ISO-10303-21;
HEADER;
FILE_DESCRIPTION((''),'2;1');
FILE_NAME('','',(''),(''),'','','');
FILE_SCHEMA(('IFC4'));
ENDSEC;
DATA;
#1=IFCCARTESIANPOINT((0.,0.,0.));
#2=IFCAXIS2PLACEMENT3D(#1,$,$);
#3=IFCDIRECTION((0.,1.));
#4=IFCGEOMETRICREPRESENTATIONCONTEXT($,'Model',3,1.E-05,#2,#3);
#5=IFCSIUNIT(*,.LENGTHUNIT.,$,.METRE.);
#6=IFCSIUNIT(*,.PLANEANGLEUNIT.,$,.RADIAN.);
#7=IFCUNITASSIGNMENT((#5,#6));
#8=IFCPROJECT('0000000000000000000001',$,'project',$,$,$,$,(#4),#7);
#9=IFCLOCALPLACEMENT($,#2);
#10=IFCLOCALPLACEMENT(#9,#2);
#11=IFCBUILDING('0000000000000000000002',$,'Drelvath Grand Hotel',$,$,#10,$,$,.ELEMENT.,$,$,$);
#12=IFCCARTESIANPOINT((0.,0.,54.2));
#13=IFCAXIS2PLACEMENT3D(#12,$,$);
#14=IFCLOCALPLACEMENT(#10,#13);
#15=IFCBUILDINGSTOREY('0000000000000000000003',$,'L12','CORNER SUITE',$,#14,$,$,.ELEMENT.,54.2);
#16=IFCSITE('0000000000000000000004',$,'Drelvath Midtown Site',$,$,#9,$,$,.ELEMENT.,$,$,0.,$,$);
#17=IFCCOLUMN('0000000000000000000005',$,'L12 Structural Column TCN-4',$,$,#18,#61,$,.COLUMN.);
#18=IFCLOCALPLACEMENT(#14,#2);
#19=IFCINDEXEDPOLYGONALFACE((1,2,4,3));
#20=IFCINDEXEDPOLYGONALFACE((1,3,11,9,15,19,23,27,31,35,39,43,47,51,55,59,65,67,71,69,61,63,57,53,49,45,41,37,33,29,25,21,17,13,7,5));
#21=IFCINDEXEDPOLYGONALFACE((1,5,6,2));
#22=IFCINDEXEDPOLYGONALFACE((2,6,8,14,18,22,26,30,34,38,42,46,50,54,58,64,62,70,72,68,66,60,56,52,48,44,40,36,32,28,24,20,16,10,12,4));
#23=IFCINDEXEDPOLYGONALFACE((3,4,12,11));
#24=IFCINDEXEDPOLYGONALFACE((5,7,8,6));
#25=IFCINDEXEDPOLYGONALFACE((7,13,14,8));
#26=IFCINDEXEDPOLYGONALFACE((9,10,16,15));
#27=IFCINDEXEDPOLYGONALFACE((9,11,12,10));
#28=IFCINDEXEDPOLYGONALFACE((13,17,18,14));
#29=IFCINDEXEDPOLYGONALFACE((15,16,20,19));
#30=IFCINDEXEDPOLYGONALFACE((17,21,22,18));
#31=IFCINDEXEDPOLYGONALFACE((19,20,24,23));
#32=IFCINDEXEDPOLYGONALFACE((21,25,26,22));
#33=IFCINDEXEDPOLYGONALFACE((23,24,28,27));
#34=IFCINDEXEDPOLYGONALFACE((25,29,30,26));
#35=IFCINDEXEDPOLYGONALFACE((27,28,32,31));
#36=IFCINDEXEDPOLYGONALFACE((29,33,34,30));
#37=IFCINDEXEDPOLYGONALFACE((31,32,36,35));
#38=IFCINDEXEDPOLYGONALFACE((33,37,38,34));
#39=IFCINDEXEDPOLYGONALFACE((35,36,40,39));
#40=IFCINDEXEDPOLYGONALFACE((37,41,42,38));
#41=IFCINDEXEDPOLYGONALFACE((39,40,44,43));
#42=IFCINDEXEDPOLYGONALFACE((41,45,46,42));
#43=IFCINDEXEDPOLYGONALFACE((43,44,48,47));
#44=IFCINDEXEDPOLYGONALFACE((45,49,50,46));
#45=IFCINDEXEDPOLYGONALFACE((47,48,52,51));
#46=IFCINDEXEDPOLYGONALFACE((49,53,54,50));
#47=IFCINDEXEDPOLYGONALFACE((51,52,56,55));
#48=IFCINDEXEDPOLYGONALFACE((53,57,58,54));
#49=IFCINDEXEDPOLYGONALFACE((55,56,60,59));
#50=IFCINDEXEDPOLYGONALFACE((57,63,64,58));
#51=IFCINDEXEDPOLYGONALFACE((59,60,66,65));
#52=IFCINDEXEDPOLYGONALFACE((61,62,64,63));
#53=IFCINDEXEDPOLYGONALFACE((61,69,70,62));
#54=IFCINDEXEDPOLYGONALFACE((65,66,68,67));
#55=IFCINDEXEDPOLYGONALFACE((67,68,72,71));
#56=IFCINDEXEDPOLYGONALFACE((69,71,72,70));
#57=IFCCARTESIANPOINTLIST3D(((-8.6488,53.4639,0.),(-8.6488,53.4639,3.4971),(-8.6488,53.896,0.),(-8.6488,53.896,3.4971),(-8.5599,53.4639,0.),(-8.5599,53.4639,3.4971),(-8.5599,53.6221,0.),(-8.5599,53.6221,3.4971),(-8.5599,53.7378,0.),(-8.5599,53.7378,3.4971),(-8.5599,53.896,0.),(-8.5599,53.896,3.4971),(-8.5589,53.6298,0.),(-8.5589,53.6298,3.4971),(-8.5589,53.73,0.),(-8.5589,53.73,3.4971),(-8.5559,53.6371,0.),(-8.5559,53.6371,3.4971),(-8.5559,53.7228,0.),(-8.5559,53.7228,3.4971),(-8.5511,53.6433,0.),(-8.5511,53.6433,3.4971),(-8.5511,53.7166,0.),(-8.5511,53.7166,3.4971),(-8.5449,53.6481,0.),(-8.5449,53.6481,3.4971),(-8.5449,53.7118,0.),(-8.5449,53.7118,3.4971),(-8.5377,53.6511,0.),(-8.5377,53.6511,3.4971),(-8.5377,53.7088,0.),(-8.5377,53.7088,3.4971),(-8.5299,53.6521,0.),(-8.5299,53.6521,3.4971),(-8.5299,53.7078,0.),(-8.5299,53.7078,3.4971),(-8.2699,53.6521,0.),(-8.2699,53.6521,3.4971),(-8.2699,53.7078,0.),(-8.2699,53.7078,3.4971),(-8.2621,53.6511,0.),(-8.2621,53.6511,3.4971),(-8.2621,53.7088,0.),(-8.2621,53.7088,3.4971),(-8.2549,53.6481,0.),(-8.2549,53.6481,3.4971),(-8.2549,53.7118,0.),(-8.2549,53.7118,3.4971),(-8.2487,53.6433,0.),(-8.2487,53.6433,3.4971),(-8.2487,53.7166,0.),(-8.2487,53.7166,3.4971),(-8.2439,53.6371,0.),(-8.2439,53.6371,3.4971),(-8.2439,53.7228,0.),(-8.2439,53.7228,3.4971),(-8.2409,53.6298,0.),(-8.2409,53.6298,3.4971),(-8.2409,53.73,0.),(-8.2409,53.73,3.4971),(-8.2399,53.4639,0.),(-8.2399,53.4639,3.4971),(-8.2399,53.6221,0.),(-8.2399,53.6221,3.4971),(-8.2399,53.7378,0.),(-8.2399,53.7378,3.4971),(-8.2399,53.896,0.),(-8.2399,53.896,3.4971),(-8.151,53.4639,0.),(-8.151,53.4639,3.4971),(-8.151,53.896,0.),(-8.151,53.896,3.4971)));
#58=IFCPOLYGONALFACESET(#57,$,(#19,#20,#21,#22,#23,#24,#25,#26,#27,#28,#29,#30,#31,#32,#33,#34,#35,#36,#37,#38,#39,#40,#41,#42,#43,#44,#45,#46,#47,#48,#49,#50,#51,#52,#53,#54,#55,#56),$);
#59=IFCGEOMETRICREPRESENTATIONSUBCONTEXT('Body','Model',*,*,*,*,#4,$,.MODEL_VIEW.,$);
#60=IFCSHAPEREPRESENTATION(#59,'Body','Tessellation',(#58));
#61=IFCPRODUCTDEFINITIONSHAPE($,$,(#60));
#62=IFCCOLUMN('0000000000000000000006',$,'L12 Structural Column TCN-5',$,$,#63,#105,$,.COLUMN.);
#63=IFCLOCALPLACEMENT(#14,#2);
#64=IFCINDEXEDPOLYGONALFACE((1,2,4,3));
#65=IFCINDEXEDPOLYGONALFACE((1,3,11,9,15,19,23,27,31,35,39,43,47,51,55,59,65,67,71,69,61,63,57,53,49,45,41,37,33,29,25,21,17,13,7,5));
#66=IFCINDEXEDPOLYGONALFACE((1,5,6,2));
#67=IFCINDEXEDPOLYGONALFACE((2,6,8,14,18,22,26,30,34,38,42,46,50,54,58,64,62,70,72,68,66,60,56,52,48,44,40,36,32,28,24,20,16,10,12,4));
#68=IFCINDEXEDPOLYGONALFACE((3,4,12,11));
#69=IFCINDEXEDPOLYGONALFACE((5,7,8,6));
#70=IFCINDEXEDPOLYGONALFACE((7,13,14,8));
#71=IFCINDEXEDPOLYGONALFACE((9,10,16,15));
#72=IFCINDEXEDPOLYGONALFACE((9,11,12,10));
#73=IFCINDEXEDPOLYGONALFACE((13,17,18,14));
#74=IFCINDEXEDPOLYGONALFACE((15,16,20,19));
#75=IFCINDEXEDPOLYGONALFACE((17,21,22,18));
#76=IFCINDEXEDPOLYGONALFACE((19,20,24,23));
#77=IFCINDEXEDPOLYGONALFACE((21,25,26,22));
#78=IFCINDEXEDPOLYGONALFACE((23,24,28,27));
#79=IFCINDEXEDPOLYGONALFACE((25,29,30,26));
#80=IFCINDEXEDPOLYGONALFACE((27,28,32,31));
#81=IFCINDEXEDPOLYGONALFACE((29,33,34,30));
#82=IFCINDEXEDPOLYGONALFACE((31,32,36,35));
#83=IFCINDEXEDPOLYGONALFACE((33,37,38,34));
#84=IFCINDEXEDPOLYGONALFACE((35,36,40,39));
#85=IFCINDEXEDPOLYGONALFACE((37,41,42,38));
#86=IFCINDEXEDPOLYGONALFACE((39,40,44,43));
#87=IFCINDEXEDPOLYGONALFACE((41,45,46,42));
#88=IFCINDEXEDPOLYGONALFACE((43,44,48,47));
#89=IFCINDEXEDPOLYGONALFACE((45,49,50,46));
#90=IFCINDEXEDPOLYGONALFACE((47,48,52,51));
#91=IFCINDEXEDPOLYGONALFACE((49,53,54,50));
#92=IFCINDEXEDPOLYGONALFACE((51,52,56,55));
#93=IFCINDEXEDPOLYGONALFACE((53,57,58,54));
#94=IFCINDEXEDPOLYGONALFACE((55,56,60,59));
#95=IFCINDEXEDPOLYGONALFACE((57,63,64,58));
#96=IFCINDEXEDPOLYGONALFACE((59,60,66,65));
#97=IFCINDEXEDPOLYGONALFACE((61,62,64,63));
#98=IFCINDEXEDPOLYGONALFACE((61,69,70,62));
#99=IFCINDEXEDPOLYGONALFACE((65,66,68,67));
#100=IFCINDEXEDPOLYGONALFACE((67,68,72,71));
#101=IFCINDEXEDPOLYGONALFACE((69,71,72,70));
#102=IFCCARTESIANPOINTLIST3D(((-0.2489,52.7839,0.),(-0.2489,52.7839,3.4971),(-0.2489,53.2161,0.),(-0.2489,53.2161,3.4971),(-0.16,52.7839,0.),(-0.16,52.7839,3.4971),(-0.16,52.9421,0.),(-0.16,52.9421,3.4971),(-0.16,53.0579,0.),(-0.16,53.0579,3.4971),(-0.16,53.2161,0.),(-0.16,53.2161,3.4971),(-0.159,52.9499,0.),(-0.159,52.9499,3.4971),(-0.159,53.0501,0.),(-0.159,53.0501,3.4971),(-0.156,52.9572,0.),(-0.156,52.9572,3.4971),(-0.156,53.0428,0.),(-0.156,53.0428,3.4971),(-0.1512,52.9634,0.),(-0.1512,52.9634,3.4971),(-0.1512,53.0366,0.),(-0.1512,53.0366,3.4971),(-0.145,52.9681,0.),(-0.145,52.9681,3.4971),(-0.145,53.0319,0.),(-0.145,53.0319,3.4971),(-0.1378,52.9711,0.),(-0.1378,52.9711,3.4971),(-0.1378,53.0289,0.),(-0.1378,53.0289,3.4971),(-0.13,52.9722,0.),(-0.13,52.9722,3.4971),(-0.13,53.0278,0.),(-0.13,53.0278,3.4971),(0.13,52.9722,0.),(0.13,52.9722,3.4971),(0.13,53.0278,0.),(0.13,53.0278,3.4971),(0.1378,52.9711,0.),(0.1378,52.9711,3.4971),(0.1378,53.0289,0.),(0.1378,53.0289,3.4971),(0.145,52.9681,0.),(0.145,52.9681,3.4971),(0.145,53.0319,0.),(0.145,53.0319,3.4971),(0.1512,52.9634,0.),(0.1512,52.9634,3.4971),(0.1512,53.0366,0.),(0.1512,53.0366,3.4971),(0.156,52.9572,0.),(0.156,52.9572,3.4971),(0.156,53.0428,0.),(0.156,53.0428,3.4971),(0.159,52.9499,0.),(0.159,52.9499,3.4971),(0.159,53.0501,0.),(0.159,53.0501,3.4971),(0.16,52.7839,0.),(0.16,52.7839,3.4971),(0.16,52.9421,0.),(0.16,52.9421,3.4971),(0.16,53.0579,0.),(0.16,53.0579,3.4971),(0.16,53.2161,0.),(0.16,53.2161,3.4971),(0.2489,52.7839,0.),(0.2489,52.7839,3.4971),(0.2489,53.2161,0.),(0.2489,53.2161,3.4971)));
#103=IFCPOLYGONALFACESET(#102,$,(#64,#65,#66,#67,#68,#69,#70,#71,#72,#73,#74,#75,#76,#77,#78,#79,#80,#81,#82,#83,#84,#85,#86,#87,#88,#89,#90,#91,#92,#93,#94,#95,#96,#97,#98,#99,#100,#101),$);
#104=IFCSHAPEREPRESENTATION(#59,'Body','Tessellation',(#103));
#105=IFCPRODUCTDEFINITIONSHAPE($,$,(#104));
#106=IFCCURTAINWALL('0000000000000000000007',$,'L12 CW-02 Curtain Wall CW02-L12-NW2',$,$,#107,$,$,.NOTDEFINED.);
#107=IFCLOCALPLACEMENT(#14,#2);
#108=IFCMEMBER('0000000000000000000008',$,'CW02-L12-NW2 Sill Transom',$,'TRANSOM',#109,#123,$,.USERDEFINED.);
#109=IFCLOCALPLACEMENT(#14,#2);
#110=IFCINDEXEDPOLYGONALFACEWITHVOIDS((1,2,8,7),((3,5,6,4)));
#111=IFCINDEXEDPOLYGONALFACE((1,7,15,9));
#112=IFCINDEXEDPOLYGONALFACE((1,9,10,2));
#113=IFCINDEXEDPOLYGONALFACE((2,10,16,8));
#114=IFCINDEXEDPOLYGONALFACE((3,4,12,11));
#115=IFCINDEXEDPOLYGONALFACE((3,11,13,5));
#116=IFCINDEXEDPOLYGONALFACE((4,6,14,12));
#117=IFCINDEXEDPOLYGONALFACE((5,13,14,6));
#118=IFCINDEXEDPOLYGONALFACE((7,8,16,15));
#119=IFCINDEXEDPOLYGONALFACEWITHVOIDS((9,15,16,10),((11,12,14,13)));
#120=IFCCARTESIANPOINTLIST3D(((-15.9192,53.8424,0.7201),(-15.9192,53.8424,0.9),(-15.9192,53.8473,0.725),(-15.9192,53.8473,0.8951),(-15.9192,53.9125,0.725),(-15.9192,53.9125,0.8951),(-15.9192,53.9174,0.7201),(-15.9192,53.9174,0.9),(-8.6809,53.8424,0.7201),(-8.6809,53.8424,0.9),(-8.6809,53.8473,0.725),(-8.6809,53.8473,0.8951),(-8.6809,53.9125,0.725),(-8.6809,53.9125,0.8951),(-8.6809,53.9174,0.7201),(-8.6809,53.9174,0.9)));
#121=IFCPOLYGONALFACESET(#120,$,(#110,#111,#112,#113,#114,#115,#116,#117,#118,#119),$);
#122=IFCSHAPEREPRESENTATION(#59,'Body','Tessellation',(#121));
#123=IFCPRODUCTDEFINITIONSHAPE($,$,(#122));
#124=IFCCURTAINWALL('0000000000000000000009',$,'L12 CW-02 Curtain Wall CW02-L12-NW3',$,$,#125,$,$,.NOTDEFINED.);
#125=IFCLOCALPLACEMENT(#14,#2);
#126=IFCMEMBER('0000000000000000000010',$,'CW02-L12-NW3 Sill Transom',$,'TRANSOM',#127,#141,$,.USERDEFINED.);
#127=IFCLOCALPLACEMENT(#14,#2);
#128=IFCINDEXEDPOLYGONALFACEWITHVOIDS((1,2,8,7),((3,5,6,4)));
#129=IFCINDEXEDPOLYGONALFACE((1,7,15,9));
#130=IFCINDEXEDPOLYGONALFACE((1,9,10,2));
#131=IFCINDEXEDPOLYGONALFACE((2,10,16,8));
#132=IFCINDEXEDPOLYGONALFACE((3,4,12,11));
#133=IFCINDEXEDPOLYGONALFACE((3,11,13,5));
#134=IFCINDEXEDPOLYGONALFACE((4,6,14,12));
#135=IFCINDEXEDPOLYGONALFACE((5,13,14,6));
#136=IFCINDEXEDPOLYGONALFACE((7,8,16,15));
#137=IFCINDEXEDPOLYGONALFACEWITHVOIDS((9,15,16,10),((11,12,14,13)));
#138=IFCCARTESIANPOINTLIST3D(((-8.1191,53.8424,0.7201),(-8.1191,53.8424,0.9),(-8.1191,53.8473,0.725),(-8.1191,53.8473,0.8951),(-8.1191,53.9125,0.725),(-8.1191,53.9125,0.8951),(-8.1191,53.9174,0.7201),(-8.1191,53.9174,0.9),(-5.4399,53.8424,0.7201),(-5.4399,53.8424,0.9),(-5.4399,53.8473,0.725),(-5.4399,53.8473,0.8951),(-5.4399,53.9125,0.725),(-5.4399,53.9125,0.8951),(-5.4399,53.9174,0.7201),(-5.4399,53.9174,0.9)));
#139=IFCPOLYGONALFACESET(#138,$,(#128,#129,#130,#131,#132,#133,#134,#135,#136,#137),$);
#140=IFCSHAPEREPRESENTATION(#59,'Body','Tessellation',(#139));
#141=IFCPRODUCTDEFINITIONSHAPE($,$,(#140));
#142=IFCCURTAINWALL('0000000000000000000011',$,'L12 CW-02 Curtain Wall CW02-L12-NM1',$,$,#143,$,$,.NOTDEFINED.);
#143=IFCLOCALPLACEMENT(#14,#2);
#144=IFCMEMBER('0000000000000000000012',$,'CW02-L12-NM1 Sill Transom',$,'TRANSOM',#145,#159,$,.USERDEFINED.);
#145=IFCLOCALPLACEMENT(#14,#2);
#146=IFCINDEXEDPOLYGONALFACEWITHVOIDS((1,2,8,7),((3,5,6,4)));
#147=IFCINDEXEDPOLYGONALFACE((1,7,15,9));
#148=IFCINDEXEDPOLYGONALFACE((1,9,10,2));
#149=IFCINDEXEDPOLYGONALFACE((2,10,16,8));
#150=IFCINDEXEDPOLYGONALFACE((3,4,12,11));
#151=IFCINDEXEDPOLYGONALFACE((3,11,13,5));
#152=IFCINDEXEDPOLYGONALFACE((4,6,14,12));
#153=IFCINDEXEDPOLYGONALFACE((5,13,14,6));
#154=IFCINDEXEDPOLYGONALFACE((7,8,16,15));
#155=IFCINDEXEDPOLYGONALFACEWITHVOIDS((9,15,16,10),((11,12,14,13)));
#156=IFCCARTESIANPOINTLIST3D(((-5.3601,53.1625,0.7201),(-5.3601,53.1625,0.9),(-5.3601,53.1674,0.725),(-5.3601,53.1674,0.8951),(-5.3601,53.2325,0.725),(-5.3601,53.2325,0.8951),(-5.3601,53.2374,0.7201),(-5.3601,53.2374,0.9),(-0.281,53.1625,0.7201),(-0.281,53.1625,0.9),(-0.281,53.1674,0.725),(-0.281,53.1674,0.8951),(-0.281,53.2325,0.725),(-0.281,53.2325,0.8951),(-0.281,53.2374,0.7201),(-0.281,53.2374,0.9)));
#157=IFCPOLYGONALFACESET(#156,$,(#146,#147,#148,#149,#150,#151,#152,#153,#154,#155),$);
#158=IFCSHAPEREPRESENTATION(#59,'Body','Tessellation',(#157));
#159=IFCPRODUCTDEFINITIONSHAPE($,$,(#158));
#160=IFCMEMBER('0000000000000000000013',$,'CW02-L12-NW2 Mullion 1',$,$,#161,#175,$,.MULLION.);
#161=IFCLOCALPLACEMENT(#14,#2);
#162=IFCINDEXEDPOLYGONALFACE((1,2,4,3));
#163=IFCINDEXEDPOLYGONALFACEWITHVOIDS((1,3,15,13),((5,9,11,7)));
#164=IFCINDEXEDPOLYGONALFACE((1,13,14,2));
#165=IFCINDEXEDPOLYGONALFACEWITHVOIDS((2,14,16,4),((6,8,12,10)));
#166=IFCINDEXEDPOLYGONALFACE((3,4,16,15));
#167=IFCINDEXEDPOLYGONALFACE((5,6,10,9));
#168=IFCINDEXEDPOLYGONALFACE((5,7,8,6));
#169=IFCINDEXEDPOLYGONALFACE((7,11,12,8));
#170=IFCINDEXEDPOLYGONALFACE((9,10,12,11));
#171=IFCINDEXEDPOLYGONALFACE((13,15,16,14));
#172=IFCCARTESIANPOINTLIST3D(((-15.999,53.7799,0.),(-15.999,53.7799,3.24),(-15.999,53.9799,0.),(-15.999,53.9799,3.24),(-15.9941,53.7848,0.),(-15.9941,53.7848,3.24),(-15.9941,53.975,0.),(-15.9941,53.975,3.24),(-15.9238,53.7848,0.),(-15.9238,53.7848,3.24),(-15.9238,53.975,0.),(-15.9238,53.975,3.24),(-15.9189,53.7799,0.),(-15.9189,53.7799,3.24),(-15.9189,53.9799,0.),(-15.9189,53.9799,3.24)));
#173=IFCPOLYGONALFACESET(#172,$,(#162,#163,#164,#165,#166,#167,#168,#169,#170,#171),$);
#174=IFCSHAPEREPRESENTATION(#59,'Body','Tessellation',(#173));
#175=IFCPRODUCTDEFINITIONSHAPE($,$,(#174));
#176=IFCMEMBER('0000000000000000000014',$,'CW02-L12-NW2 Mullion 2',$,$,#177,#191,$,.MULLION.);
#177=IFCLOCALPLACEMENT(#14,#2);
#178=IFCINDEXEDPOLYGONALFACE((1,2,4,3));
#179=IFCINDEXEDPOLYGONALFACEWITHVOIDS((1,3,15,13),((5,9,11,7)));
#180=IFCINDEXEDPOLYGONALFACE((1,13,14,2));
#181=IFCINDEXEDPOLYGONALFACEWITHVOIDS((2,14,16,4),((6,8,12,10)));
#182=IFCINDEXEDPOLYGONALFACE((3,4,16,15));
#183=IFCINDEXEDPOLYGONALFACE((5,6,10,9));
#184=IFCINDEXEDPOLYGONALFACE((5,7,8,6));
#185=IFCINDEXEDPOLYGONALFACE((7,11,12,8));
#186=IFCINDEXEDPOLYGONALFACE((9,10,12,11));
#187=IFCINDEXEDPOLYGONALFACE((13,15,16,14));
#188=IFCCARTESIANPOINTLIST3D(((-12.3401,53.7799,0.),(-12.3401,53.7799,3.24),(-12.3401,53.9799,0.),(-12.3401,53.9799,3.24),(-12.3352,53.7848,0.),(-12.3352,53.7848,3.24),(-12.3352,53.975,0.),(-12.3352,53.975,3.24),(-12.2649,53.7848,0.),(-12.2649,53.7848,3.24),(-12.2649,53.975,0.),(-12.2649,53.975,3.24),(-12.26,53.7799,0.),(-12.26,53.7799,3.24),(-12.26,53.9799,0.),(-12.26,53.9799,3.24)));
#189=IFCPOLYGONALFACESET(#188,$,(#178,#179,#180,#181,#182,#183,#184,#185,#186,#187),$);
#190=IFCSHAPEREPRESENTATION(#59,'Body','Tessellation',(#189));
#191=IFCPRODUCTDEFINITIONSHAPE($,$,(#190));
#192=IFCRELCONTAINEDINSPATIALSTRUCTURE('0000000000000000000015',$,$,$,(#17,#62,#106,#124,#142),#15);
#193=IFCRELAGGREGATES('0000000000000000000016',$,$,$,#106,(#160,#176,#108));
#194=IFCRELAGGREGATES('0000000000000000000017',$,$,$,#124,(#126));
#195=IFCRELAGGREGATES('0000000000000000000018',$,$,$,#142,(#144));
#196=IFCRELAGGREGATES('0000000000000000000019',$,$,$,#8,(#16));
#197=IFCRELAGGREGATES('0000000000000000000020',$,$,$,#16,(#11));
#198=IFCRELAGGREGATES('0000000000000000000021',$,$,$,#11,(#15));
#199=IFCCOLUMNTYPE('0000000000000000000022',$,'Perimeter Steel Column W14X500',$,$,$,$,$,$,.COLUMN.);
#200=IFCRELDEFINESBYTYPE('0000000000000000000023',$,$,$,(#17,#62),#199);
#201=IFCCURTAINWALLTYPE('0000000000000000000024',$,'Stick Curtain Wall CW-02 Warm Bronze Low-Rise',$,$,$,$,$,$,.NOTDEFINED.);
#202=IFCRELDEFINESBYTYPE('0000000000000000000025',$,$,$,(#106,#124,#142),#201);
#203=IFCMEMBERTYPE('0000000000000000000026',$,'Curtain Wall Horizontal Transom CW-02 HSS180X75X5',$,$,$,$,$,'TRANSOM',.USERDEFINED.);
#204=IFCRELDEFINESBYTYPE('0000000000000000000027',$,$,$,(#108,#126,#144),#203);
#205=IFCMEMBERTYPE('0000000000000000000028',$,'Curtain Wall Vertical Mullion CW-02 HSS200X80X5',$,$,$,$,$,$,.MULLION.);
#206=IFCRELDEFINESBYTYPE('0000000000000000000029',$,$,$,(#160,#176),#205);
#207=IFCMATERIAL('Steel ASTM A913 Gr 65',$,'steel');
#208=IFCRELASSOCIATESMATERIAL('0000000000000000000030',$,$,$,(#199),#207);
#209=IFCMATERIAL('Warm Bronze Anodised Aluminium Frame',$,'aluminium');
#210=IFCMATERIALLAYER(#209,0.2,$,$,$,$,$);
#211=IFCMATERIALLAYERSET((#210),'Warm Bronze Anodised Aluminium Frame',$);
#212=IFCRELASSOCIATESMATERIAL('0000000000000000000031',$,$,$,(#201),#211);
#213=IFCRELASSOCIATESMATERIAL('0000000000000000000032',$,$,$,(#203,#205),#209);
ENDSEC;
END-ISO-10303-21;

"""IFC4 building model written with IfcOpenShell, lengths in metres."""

from ifc_helpers import new_model, si_unit, direction, frame, origin, origin_2d, place, context, subcontext, project, spatial, hollow_rectangle, i_section, extrude, material, layer, layer_set, material_profile, profile_set, type_object, element, aggregate, save


model = new_model("IFC4")

# Units and contexts
model_context = context("Model", 3, precision=1e-05, world=origin(), true_north=direction((0.0, 1.0)))
body_context = subcontext(model_context, "Body", "Model", "MODEL_VIEW")
ifc_project = project(units=[si_unit("LENGTHUNIT", "METRE"), si_unit("PLANEANGLEUNIT", "RADIAN")], contexts=[model_context])

# Site, building, storey
site_placement = place(None, origin())
site = spatial("IfcSite", under=ifc_project, at=site_placement, Name="Drelvath Midtown Site", CompositionType="ELEMENT", RefElevation=0.0)
building_placement = place(site_placement, origin())
building = spatial("IfcBuilding", under=site, at=building_placement, Name="Drelvath Grand Hotel", CompositionType="ELEMENT")
storey_placement = place(building_placement, frame((0.0, 0.0, 54.2)))
storey = spatial("IfcBuildingStorey", under=building, at=storey_placement, Name="L12", Description="CORNER SUITE", CompositionType="ELEMENT", Elevation=54.2)

# Columns
ifc_material_1 = material(Name="Steel ASTM A913 Gr 65", Category="steel")
ifc_material_profile_1 = material_profile(ifc_material_1, i_section(OverallWidth=0.4321, OverallDepth=0.4978, WebThickness=0.0557, FlangeThickness=0.0889, FilletRadius=0.03, at=origin_2d()), Name="W14X500")
ifc_profile_set_1 = profile_set([ifc_material_profile_1], Name="Steel ASTM A913 Gr 65")
column_type = type_object("IfcColumnType", Name="Perimeter Steel Column W14X500", PredefinedType="COLUMN", material=ifc_profile_set_1)
for number, where, z_axis, x_axis, name in (
    (1, (-8.3999, 53.6799, 0.0), (0.0, 0.0, 1.0), (0.0, 1.0, 0.0), "L12 Structural Column TCN-4"),
    (2, (0.0, 53.0, 0.0), (0.0, 0.0, 1.0), (0.0, 1.0, 0.0), "L12 Structural Column TCN-5"),
):
    element("IfcColumn", number, at=place(storey_placement, frame(where, z_axis=z_axis, x_axis=x_axis)), inside=storey, type_object=column_type, Name=name, PredefinedType="COLUMN", context=body_context, shape_type="SweptSolid", body=[
        extrude(i_section(OverallWidth=0.4321, OverallDepth=0.4978, WebThickness=0.0557, FlangeThickness=0.0889, FilletRadius=0.03, at=origin_2d()), origin(), (0.0, 0.0, 1.0), 3.4971),
    ])

# Curtain walls, members
ifc_material_2 = material(Name="Warm Bronze Anodised Aluminium Frame", Category="aluminium")
ifc_layer_1 = layer(ifc_material_2, 0.2)
ifc_layer_set_1 = layer_set([ifc_layer_1], Name="Warm Bronze Anodised Aluminium Frame")
curtain_wall_type = type_object("IfcCurtainWallType", Name="Stick Curtain Wall CW-02 Warm Bronze Low-Rise", PredefinedType="NOTDEFINED", material=ifc_layer_set_1)
curtain_wall_1_placement = place(storey_placement, origin())
curtain_wall_1 = element("IfcCurtainWall", 3, at=curtain_wall_1_placement, inside=storey, type_object=curtain_wall_type, Name="L12 CW-02 Curtain Wall CW02-L12-NW2", PredefinedType="NOTDEFINED")
ifc_material_profile_2 = material_profile(ifc_material_2, hollow_rectangle(XDim=0.075, YDim=0.1799, WallThickness=0.0049, at=origin_2d()), Name="HSS180X75X5")
ifc_profile_set_2 = profile_set([ifc_material_profile_2], Name="Warm Bronze Anodised Aluminium Frame")
member_type_1 = type_object("IfcMemberType", Name="Curtain Wall Horizontal Transom CW-02 HSS180X75X5", ElementType="TRANSOM", PredefinedType="USERDEFINED", material=ifc_profile_set_2)
member_1_placement = place(storey_placement, frame((-15.9192, 53.8799, 0.8101), z_axis=(1.0, 0.0, 0.0), x_axis=(0.0, 1.0, 0.0)))
member_1 = element("IfcMember", 4, at=member_1_placement, type_object=member_type_1, Name="CW02-L12-NW2 Sill Transom", ObjectType="TRANSOM", PredefinedType="USERDEFINED", context=body_context, shape_type="SweptSolid", body=[
    extrude(hollow_rectangle(XDim=0.075, YDim=0.1799, WallThickness=0.0049, at=origin_2d()), origin(), (0.0, 0.0, 1.0), 7.2383),
])
curtain_wall_2_placement = place(storey_placement, origin())
curtain_wall_2 = element("IfcCurtainWall", 5, at=curtain_wall_2_placement, inside=storey, type_object=curtain_wall_type, Name="L12 CW-02 Curtain Wall CW02-L12-NW3", PredefinedType="NOTDEFINED")
member_2_placement = place(storey_placement, frame((-8.1191, 53.8799, 0.8101), z_axis=(1.0, 0.0, 0.0), x_axis=(0.0, 1.0, 0.0)))
member_2 = element("IfcMember", 6, at=member_2_placement, type_object=member_type_1, Name="CW02-L12-NW3 Sill Transom", ObjectType="TRANSOM", PredefinedType="USERDEFINED", context=body_context, shape_type="SweptSolid", body=[
    extrude(hollow_rectangle(XDim=0.075, YDim=0.1799, WallThickness=0.0049, at=origin_2d()), origin(), (0.0, 0.0, 1.0), 2.6792),
])
curtain_wall_3_placement = place(storey_placement, origin())
curtain_wall_3 = element("IfcCurtainWall", 7, at=curtain_wall_3_placement, inside=storey, type_object=curtain_wall_type, Name="L12 CW-02 Curtain Wall CW02-L12-NM1", PredefinedType="NOTDEFINED")
member_3_placement = place(storey_placement, frame((-5.3601, 53.2, 0.8101), z_axis=(1.0, 0.0, 0.0), x_axis=(0.0, 1.0, 0.0)))
member_3 = element("IfcMember", 8, at=member_3_placement, type_object=member_type_1, Name="CW02-L12-NM1 Sill Transom", ObjectType="TRANSOM", PredefinedType="USERDEFINED", context=body_context, shape_type="SweptSolid", body=[
    extrude(hollow_rectangle(XDim=0.075, YDim=0.1799, WallThickness=0.0049, at=origin_2d()), origin(), (0.0, 0.0, 1.0), 5.0791),
])

# Members
ifc_material_profile_3 = material_profile(ifc_material_2, hollow_rectangle(XDim=0.0801, YDim=0.2, WallThickness=0.0049, at=origin_2d()), Name="HSS200X80X5")
ifc_profile_set_3 = profile_set([ifc_material_profile_3], Name="Warm Bronze Anodised Aluminium Frame")
member_type_2 = type_object("IfcMemberType", Name="Curtain Wall Vertical Mullion CW-02 HSS200X80X5", PredefinedType="MULLION", material=ifc_profile_set_3)
member_4_placement = place(storey_placement, frame((-15.959, 53.8799, 0.0), z_axis=(0.0, 0.0, 1.0), x_axis=(1.0, 0.0, 0.0)))
member_4 = element("IfcMember", 9, at=member_4_placement, type_object=member_type_2, Name="CW02-L12-NW2 Mullion 1", PredefinedType="MULLION", context=body_context, shape_type="SweptSolid", body=[
    extrude(hollow_rectangle(XDim=0.0801, YDim=0.2, WallThickness=0.0049, at=origin_2d()), origin(), (0.0, 0.0, 1.0), 3.24),
])
member_5_placement = place(storey_placement, frame((-12.3, 53.8799, 0.0), z_axis=(0.0, 0.0, 1.0), x_axis=(1.0, 0.0, 0.0)))
member_5 = element("IfcMember", 10, at=member_5_placement, type_object=member_type_2, Name="CW02-L12-NW2 Mullion 2", PredefinedType="MULLION", context=body_context, shape_type="SweptSolid", body=[
    extrude(hollow_rectangle(XDim=0.0801, YDim=0.2, WallThickness=0.0049, at=origin_2d()), origin(), (0.0, 0.0, 1.0), 3.24),
])

aggregate(curtain_wall_1, [member_4, member_5, member_1])
aggregate(curtain_wall_2, [member_2])
aggregate(curtain_wall_3, [member_3])

save(model, "model.ifc")
